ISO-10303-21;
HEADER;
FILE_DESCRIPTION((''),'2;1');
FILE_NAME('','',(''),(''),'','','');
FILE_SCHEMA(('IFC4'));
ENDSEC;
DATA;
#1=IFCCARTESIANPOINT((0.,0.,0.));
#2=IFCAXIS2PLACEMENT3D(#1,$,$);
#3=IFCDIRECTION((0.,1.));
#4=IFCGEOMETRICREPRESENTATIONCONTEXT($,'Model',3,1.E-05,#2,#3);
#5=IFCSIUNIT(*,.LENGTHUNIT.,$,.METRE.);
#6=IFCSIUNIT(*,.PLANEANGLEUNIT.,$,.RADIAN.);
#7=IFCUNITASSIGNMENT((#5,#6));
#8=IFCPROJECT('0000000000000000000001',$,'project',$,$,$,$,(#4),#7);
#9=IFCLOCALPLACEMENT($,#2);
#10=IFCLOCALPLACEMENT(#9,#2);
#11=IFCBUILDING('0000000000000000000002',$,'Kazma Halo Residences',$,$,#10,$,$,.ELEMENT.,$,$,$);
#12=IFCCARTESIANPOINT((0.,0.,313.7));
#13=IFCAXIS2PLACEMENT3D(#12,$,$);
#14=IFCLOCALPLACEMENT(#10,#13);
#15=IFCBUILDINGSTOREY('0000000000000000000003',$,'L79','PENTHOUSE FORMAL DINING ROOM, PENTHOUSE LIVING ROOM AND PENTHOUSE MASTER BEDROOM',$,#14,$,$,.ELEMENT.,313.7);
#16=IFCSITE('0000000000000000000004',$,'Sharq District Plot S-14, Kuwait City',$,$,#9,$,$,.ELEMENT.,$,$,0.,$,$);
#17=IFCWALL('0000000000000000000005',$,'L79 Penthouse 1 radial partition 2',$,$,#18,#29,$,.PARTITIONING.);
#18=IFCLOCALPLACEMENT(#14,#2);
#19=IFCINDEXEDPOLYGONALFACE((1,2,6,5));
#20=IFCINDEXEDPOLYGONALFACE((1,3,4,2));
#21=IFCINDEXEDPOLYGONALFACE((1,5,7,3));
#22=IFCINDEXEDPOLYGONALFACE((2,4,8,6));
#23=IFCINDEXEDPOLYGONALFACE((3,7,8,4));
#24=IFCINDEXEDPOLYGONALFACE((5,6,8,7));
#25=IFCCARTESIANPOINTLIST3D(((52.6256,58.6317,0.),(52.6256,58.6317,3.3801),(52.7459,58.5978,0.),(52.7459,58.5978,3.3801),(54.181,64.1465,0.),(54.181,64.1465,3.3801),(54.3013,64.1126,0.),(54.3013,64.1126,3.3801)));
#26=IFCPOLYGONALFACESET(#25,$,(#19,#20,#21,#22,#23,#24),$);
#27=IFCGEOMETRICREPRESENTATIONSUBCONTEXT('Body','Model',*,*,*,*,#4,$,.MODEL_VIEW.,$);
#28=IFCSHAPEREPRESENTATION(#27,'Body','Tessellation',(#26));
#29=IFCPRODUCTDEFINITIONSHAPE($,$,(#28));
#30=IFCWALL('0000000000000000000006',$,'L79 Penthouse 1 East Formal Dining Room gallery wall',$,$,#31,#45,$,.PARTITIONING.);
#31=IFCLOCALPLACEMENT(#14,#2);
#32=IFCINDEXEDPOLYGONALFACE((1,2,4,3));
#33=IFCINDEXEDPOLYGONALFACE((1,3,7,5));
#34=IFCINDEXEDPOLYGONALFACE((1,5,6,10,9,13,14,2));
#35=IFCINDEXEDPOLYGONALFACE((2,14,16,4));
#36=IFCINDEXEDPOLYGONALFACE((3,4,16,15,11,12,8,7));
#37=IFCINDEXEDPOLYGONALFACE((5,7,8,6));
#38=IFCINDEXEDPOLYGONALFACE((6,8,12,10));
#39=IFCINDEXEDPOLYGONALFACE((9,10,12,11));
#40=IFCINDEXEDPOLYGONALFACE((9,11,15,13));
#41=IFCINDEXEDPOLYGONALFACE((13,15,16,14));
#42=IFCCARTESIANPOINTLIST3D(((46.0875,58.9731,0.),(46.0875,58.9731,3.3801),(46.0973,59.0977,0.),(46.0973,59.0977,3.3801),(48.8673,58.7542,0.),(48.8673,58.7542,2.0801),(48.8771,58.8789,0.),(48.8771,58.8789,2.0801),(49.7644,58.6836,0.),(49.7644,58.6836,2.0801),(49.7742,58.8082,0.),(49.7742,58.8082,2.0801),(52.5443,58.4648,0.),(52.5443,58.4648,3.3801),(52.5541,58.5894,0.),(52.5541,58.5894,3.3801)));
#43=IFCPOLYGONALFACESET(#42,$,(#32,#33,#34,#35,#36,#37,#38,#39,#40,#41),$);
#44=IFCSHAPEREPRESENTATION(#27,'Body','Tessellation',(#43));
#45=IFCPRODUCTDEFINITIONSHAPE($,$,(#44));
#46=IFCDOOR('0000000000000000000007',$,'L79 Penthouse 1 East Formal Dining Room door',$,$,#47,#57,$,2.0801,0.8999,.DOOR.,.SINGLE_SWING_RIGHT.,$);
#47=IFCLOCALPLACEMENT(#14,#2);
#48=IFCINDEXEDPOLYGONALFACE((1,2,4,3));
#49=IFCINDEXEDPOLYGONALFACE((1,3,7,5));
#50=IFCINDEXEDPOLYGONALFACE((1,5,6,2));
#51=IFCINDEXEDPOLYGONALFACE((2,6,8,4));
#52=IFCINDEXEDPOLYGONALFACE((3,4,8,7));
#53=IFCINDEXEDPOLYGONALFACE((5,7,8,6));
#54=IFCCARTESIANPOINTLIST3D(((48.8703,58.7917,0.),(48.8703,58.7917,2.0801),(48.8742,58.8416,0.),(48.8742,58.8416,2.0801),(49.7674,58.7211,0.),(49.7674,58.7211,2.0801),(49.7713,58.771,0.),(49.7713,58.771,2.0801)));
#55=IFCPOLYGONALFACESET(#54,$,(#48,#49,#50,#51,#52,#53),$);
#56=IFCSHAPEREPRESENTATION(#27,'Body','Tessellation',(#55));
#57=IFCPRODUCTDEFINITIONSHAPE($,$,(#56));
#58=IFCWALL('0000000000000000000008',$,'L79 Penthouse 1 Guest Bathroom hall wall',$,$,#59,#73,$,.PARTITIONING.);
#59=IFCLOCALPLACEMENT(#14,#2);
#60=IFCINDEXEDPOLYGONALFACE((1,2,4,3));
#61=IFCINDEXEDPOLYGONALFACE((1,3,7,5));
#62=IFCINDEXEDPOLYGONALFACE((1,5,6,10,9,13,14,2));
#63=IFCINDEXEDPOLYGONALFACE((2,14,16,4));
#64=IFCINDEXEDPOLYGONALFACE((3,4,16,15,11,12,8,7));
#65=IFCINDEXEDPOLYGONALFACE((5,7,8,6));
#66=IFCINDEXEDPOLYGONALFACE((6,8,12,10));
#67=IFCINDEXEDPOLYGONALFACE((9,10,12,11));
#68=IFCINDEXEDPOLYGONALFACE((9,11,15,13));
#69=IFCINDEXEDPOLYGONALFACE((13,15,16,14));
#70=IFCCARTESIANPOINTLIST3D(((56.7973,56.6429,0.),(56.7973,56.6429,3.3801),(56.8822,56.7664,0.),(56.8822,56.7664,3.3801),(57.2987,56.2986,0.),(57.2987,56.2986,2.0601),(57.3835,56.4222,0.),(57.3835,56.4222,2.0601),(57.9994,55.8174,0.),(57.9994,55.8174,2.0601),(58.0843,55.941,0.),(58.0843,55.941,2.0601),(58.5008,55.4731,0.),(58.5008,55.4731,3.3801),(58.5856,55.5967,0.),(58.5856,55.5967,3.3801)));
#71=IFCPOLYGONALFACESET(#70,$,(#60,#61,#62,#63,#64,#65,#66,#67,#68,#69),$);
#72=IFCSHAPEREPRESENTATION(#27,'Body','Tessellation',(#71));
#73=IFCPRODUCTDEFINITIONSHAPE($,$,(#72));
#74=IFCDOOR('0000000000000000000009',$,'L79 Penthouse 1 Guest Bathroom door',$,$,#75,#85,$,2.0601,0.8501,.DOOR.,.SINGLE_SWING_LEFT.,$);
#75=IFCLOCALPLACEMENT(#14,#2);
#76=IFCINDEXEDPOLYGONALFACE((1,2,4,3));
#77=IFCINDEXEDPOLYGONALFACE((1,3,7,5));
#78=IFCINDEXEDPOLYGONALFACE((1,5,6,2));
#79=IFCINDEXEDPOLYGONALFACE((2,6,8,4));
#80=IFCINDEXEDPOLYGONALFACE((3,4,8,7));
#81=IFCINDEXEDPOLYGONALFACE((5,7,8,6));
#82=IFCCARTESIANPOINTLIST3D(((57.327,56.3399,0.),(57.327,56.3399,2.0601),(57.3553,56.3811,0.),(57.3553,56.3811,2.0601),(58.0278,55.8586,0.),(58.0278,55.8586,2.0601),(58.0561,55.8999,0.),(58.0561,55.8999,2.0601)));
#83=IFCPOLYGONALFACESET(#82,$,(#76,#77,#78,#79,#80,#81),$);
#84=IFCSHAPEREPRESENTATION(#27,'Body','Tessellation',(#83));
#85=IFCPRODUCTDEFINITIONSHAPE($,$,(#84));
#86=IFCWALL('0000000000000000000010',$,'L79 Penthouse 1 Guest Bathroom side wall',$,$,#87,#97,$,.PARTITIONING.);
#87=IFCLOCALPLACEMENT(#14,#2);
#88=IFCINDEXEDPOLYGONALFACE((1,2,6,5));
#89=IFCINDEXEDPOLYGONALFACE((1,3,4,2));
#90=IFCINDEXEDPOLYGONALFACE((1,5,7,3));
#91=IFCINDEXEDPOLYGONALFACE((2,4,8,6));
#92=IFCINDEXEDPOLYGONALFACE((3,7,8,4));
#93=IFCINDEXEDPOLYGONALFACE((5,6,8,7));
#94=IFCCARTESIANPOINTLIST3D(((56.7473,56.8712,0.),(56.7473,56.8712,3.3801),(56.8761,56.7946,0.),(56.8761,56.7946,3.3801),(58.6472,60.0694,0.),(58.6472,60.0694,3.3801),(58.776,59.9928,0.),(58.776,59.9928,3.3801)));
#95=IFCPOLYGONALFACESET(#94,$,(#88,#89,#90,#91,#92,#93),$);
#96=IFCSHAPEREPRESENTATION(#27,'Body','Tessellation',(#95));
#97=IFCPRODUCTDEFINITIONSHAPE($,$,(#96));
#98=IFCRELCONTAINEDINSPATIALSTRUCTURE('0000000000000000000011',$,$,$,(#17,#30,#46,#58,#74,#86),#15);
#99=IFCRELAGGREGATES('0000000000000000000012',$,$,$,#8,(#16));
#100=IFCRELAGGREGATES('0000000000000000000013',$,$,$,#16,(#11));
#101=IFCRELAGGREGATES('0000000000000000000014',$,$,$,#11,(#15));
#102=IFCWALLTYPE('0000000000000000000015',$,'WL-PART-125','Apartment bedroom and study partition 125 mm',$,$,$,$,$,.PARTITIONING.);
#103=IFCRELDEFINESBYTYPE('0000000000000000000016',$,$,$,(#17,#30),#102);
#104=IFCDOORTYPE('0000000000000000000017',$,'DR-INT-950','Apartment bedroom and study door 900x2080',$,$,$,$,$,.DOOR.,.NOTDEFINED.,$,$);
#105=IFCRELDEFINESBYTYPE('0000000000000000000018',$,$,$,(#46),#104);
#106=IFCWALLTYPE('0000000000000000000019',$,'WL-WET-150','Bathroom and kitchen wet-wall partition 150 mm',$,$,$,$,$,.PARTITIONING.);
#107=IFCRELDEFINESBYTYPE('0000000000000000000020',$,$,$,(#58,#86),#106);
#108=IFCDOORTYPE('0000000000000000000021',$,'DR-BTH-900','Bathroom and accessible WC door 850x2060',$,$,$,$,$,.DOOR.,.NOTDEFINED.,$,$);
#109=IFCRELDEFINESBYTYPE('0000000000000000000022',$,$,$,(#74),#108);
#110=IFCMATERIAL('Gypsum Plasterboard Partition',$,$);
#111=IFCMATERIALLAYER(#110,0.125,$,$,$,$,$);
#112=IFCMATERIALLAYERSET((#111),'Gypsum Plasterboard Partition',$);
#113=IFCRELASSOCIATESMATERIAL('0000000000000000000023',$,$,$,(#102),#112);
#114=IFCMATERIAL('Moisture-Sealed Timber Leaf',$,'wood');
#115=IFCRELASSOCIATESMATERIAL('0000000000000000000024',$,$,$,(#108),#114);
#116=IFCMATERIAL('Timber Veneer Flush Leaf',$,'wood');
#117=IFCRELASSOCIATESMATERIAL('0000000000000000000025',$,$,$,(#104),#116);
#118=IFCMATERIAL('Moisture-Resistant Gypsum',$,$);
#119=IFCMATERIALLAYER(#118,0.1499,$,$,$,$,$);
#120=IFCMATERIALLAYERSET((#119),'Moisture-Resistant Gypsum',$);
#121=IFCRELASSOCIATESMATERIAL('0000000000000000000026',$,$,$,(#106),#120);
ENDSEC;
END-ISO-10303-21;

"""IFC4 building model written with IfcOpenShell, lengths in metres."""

from ifc_helpers import new_model, si_unit, direction, frame, frame_2d, origin, place, context, subcontext, project, spatial, rectangle, extrude, material, layer, layer_set, type_object, element, fill, save


model = new_model("IFC4")

# Units and contexts
model_context = context("Model", 3, precision=1e-05, world=origin(), true_north=direction((0.0, 1.0)))
body_context = subcontext(model_context, "Body", "Model", "MODEL_VIEW")
ifc_project = project(units=[si_unit("LENGTHUNIT", "METRE"), si_unit("PLANEANGLEUNIT", "RADIAN")], contexts=[model_context])

# Site, building, storey
site_placement = place(None, origin())
site = spatial("IfcSite", under=ifc_project, at=site_placement, Name="Sharq District Plot S-14, Kuwait City", CompositionType="ELEMENT", RefElevation=0.0)
building_placement = place(site_placement, origin())
building = spatial("IfcBuilding", under=site, at=building_placement, Name="Kazma Halo Residences", CompositionType="ELEMENT")
storey_placement = place(building_placement, frame((0.0, 0.0, 313.7)))
storey = spatial("IfcBuildingStorey", under=building, at=storey_placement, Name="L79", Description="PENTHOUSE FORMAL DINING ROOM, PENTHOUSE LIVING ROOM AND PENTHOUSE MASTER BEDROOM", CompositionType="ELEMENT", Elevation=313.7)

# Shared definitions
ifc_material_1 = material(Name="Gypsum Plasterboard Partition")
ifc_layer_1 = layer(ifc_material_1, 0.125)
ifc_layer_set_1 = layer_set([ifc_layer_1], Name="Gypsum Plasterboard Partition")
wall_type_1 = type_object("IfcWallType", Name="WL-PART-125", Description="Apartment bedroom and study partition 125 mm", PredefinedType="PARTITIONING", material=ifc_layer_set_1)
ifc_material_2 = material(Name="Moisture-Sealed Timber Leaf", Category="wood")
door_type_1 = type_object("IfcDoorType", Name="DR-BTH-900", Description="Bathroom and accessible WC door 850x2060", OperationType="NOTDEFINED", PredefinedType="DOOR", material=ifc_material_2)
ifc_material_3 = material(Name="Timber Veneer Flush Leaf", Category="wood")
door_type_2 = type_object("IfcDoorType", Name="DR-INT-950", Description="Apartment bedroom and study door 900x2080", OperationType="NOTDEFINED", PredefinedType="DOOR", material=ifc_material_3)

# Wall
wall_1_placement = place(storey_placement, frame((52.6858, 58.6147, 0.0), z_axis=(0.0, 0.0, 1.0), x_axis=(0.27145, 0.962453, 0.0)))
element("IfcWall", 1, at=wall_1_placement, inside=storey, type_object=wall_type_1, Name="L79 Penthouse 1 radial partition 2", PredefinedType="PARTITIONING", context=body_context, shape_type="SweptSolid", body=[
    extrude(rectangle(XDim=5.73, YDim=0.125, at=frame_2d((2.865, 0.0))), origin(), (0.0, 0.0, 1.0), 3.3801),
])

# Walls, openings, doors
wall_2_placement = place(storey_placement, frame((52.5491, 58.5271, 0.0), z_axis=(0.0, 0.0, 1.0), x_axis=(-0.996916, 0.078481, 0.0)))
wall_2 = element("IfcWall", 2, at=wall_2_placement, inside=storey, type_object=wall_type_1, Name="L79 Penthouse 1 East Formal Dining Room gallery wall", PredefinedType="PARTITIONING", context=body_context, shape_type="SweptSolid", body=[
    extrude(rectangle(XDim=6.4768, YDim=0.125, at=frame_2d((3.2383, 0.0))), origin(), (0.0, 0.0, 1.0), 3.3801),
])
opening_1_placement = place(wall_2_placement, frame((2.7883, 0.0, 0.0)))
opening_1 = element("IfcOpeningElement", 3, at=opening_1_placement, cuts=wall_2, PredefinedType="OPENING", context=body_context, shape_type="SweptSolid", body=[
    extrude(rectangle(XDim=0.8999, YDim=2.0801, at=frame_2d((0.45, 1.04))), frame((0.0, 0.0725, 0.0), z_axis=(0.0, -1.0, 0.0), x_axis=(1.0, 0.0, 0.0)), (0.0, 0.0, 1.0), 0.145),
])
door_1_placement = place(opening_1_placement, origin())
door_1 = element("IfcDoor", 4, at=door_1_placement, inside=storey, type_object=door_type_2, Name="L79 Penthouse 1 East Formal Dining Room door", OperationType="SINGLE_SWING_RIGHT", OverallHeight=2.0801, OverallWidth=0.8999, PredefinedType="DOOR", context=body_context, shape_type="SweptSolid", body=[
    extrude(rectangle(XDim=0.8999, YDim=2.0801, at=frame_2d((0.45, 1.04))), frame((0.0, 0.0249, 0.0), z_axis=(0.0, -1.0, 0.0), x_axis=(1.0, 0.0, 0.0)), (0.0, 0.0, 1.0), 0.05),
])
fill(opening_1, door_1)
ifc_material_4 = material(Name="Moisture-Resistant Gypsum")
ifc_layer_2 = layer(ifc_material_4, 0.1499)
ifc_layer_set_2 = layer_set([ifc_layer_2], Name="Moisture-Resistant Gypsum")
wall_type_2 = type_object("IfcWallType", Name="WL-WET-150", Description="Bathroom and kitchen wet-wall partition 150 mm", PredefinedType="PARTITIONING", material=ifc_layer_set_2)
wall_3_placement = place(storey_placement, frame((58.5432, 55.5349, 0.0), z_axis=(0.0, 0.0, 1.0), x_axis=(-0.824356, 0.566072, 0.0)))
wall_3 = element("IfcWall", 5, at=wall_3_placement, inside=storey, type_object=wall_type_2, Name="L79 Penthouse 1 Guest Bathroom hall wall", PredefinedType="PARTITIONING", context=body_context, shape_type="SweptSolid", body=[
    extrude(rectangle(XDim=2.0664, YDim=0.1499, at=frame_2d((1.0332, 0.0))), origin(), (0.0, 0.0, 1.0), 3.3801),
])
opening_2_placement = place(wall_3_placement, frame((0.6082, 0.0, 0.0)))
opening_2 = element("IfcOpeningElement", 6, at=opening_2_placement, cuts=wall_3, PredefinedType="OPENING", context=body_context, shape_type="SweptSolid", body=[
    extrude(rectangle(XDim=0.8501, YDim=2.0601, at=frame_2d((0.425, 1.03))), frame((0.0, 0.085, 0.0), z_axis=(0.0, -1.0, 0.0), x_axis=(1.0, 0.0, 0.0)), (0.0, 0.0, 1.0), 0.1699),
])
door_2_placement = place(opening_2_placement, origin())
door_2 = element("IfcDoor", 7, at=door_2_placement, inside=storey, type_object=door_type_1, Name="L79 Penthouse 1 Guest Bathroom door", OperationType="SINGLE_SWING_LEFT", OverallHeight=2.0601, OverallWidth=0.8501, PredefinedType="DOOR", context=body_context, shape_type="SweptSolid", body=[
    extrude(rectangle(XDim=0.8501, YDim=2.0601, at=frame_2d((0.425, 1.03))), frame((0.0, 0.0249, 0.0), z_axis=(0.0, -1.0, 0.0), x_axis=(1.0, 0.0, 0.0)), (0.0, 0.0, 1.0), 0.05),
])
fill(opening_2, door_2)

# Wall
wall_4_placement = place(storey_placement, frame((56.8118, 56.833, 0.0), z_axis=(0.0, 0.0, 1.0), x_axis=(0.510727, 0.859743, 0.0)))
element("IfcWall", 8, at=wall_4_placement, inside=storey, type_object=wall_type_2, Name="L79 Penthouse 1 Guest Bathroom side wall", PredefinedType="PARTITIONING", context=body_context, shape_type="SweptSolid", body=[
    extrude(rectangle(XDim=3.72, YDim=0.1499, at=frame_2d((1.8599, 0.0))), origin(), (0.0, 0.0, 1.0), 3.3801),
])

save(model, "model.ifc")
